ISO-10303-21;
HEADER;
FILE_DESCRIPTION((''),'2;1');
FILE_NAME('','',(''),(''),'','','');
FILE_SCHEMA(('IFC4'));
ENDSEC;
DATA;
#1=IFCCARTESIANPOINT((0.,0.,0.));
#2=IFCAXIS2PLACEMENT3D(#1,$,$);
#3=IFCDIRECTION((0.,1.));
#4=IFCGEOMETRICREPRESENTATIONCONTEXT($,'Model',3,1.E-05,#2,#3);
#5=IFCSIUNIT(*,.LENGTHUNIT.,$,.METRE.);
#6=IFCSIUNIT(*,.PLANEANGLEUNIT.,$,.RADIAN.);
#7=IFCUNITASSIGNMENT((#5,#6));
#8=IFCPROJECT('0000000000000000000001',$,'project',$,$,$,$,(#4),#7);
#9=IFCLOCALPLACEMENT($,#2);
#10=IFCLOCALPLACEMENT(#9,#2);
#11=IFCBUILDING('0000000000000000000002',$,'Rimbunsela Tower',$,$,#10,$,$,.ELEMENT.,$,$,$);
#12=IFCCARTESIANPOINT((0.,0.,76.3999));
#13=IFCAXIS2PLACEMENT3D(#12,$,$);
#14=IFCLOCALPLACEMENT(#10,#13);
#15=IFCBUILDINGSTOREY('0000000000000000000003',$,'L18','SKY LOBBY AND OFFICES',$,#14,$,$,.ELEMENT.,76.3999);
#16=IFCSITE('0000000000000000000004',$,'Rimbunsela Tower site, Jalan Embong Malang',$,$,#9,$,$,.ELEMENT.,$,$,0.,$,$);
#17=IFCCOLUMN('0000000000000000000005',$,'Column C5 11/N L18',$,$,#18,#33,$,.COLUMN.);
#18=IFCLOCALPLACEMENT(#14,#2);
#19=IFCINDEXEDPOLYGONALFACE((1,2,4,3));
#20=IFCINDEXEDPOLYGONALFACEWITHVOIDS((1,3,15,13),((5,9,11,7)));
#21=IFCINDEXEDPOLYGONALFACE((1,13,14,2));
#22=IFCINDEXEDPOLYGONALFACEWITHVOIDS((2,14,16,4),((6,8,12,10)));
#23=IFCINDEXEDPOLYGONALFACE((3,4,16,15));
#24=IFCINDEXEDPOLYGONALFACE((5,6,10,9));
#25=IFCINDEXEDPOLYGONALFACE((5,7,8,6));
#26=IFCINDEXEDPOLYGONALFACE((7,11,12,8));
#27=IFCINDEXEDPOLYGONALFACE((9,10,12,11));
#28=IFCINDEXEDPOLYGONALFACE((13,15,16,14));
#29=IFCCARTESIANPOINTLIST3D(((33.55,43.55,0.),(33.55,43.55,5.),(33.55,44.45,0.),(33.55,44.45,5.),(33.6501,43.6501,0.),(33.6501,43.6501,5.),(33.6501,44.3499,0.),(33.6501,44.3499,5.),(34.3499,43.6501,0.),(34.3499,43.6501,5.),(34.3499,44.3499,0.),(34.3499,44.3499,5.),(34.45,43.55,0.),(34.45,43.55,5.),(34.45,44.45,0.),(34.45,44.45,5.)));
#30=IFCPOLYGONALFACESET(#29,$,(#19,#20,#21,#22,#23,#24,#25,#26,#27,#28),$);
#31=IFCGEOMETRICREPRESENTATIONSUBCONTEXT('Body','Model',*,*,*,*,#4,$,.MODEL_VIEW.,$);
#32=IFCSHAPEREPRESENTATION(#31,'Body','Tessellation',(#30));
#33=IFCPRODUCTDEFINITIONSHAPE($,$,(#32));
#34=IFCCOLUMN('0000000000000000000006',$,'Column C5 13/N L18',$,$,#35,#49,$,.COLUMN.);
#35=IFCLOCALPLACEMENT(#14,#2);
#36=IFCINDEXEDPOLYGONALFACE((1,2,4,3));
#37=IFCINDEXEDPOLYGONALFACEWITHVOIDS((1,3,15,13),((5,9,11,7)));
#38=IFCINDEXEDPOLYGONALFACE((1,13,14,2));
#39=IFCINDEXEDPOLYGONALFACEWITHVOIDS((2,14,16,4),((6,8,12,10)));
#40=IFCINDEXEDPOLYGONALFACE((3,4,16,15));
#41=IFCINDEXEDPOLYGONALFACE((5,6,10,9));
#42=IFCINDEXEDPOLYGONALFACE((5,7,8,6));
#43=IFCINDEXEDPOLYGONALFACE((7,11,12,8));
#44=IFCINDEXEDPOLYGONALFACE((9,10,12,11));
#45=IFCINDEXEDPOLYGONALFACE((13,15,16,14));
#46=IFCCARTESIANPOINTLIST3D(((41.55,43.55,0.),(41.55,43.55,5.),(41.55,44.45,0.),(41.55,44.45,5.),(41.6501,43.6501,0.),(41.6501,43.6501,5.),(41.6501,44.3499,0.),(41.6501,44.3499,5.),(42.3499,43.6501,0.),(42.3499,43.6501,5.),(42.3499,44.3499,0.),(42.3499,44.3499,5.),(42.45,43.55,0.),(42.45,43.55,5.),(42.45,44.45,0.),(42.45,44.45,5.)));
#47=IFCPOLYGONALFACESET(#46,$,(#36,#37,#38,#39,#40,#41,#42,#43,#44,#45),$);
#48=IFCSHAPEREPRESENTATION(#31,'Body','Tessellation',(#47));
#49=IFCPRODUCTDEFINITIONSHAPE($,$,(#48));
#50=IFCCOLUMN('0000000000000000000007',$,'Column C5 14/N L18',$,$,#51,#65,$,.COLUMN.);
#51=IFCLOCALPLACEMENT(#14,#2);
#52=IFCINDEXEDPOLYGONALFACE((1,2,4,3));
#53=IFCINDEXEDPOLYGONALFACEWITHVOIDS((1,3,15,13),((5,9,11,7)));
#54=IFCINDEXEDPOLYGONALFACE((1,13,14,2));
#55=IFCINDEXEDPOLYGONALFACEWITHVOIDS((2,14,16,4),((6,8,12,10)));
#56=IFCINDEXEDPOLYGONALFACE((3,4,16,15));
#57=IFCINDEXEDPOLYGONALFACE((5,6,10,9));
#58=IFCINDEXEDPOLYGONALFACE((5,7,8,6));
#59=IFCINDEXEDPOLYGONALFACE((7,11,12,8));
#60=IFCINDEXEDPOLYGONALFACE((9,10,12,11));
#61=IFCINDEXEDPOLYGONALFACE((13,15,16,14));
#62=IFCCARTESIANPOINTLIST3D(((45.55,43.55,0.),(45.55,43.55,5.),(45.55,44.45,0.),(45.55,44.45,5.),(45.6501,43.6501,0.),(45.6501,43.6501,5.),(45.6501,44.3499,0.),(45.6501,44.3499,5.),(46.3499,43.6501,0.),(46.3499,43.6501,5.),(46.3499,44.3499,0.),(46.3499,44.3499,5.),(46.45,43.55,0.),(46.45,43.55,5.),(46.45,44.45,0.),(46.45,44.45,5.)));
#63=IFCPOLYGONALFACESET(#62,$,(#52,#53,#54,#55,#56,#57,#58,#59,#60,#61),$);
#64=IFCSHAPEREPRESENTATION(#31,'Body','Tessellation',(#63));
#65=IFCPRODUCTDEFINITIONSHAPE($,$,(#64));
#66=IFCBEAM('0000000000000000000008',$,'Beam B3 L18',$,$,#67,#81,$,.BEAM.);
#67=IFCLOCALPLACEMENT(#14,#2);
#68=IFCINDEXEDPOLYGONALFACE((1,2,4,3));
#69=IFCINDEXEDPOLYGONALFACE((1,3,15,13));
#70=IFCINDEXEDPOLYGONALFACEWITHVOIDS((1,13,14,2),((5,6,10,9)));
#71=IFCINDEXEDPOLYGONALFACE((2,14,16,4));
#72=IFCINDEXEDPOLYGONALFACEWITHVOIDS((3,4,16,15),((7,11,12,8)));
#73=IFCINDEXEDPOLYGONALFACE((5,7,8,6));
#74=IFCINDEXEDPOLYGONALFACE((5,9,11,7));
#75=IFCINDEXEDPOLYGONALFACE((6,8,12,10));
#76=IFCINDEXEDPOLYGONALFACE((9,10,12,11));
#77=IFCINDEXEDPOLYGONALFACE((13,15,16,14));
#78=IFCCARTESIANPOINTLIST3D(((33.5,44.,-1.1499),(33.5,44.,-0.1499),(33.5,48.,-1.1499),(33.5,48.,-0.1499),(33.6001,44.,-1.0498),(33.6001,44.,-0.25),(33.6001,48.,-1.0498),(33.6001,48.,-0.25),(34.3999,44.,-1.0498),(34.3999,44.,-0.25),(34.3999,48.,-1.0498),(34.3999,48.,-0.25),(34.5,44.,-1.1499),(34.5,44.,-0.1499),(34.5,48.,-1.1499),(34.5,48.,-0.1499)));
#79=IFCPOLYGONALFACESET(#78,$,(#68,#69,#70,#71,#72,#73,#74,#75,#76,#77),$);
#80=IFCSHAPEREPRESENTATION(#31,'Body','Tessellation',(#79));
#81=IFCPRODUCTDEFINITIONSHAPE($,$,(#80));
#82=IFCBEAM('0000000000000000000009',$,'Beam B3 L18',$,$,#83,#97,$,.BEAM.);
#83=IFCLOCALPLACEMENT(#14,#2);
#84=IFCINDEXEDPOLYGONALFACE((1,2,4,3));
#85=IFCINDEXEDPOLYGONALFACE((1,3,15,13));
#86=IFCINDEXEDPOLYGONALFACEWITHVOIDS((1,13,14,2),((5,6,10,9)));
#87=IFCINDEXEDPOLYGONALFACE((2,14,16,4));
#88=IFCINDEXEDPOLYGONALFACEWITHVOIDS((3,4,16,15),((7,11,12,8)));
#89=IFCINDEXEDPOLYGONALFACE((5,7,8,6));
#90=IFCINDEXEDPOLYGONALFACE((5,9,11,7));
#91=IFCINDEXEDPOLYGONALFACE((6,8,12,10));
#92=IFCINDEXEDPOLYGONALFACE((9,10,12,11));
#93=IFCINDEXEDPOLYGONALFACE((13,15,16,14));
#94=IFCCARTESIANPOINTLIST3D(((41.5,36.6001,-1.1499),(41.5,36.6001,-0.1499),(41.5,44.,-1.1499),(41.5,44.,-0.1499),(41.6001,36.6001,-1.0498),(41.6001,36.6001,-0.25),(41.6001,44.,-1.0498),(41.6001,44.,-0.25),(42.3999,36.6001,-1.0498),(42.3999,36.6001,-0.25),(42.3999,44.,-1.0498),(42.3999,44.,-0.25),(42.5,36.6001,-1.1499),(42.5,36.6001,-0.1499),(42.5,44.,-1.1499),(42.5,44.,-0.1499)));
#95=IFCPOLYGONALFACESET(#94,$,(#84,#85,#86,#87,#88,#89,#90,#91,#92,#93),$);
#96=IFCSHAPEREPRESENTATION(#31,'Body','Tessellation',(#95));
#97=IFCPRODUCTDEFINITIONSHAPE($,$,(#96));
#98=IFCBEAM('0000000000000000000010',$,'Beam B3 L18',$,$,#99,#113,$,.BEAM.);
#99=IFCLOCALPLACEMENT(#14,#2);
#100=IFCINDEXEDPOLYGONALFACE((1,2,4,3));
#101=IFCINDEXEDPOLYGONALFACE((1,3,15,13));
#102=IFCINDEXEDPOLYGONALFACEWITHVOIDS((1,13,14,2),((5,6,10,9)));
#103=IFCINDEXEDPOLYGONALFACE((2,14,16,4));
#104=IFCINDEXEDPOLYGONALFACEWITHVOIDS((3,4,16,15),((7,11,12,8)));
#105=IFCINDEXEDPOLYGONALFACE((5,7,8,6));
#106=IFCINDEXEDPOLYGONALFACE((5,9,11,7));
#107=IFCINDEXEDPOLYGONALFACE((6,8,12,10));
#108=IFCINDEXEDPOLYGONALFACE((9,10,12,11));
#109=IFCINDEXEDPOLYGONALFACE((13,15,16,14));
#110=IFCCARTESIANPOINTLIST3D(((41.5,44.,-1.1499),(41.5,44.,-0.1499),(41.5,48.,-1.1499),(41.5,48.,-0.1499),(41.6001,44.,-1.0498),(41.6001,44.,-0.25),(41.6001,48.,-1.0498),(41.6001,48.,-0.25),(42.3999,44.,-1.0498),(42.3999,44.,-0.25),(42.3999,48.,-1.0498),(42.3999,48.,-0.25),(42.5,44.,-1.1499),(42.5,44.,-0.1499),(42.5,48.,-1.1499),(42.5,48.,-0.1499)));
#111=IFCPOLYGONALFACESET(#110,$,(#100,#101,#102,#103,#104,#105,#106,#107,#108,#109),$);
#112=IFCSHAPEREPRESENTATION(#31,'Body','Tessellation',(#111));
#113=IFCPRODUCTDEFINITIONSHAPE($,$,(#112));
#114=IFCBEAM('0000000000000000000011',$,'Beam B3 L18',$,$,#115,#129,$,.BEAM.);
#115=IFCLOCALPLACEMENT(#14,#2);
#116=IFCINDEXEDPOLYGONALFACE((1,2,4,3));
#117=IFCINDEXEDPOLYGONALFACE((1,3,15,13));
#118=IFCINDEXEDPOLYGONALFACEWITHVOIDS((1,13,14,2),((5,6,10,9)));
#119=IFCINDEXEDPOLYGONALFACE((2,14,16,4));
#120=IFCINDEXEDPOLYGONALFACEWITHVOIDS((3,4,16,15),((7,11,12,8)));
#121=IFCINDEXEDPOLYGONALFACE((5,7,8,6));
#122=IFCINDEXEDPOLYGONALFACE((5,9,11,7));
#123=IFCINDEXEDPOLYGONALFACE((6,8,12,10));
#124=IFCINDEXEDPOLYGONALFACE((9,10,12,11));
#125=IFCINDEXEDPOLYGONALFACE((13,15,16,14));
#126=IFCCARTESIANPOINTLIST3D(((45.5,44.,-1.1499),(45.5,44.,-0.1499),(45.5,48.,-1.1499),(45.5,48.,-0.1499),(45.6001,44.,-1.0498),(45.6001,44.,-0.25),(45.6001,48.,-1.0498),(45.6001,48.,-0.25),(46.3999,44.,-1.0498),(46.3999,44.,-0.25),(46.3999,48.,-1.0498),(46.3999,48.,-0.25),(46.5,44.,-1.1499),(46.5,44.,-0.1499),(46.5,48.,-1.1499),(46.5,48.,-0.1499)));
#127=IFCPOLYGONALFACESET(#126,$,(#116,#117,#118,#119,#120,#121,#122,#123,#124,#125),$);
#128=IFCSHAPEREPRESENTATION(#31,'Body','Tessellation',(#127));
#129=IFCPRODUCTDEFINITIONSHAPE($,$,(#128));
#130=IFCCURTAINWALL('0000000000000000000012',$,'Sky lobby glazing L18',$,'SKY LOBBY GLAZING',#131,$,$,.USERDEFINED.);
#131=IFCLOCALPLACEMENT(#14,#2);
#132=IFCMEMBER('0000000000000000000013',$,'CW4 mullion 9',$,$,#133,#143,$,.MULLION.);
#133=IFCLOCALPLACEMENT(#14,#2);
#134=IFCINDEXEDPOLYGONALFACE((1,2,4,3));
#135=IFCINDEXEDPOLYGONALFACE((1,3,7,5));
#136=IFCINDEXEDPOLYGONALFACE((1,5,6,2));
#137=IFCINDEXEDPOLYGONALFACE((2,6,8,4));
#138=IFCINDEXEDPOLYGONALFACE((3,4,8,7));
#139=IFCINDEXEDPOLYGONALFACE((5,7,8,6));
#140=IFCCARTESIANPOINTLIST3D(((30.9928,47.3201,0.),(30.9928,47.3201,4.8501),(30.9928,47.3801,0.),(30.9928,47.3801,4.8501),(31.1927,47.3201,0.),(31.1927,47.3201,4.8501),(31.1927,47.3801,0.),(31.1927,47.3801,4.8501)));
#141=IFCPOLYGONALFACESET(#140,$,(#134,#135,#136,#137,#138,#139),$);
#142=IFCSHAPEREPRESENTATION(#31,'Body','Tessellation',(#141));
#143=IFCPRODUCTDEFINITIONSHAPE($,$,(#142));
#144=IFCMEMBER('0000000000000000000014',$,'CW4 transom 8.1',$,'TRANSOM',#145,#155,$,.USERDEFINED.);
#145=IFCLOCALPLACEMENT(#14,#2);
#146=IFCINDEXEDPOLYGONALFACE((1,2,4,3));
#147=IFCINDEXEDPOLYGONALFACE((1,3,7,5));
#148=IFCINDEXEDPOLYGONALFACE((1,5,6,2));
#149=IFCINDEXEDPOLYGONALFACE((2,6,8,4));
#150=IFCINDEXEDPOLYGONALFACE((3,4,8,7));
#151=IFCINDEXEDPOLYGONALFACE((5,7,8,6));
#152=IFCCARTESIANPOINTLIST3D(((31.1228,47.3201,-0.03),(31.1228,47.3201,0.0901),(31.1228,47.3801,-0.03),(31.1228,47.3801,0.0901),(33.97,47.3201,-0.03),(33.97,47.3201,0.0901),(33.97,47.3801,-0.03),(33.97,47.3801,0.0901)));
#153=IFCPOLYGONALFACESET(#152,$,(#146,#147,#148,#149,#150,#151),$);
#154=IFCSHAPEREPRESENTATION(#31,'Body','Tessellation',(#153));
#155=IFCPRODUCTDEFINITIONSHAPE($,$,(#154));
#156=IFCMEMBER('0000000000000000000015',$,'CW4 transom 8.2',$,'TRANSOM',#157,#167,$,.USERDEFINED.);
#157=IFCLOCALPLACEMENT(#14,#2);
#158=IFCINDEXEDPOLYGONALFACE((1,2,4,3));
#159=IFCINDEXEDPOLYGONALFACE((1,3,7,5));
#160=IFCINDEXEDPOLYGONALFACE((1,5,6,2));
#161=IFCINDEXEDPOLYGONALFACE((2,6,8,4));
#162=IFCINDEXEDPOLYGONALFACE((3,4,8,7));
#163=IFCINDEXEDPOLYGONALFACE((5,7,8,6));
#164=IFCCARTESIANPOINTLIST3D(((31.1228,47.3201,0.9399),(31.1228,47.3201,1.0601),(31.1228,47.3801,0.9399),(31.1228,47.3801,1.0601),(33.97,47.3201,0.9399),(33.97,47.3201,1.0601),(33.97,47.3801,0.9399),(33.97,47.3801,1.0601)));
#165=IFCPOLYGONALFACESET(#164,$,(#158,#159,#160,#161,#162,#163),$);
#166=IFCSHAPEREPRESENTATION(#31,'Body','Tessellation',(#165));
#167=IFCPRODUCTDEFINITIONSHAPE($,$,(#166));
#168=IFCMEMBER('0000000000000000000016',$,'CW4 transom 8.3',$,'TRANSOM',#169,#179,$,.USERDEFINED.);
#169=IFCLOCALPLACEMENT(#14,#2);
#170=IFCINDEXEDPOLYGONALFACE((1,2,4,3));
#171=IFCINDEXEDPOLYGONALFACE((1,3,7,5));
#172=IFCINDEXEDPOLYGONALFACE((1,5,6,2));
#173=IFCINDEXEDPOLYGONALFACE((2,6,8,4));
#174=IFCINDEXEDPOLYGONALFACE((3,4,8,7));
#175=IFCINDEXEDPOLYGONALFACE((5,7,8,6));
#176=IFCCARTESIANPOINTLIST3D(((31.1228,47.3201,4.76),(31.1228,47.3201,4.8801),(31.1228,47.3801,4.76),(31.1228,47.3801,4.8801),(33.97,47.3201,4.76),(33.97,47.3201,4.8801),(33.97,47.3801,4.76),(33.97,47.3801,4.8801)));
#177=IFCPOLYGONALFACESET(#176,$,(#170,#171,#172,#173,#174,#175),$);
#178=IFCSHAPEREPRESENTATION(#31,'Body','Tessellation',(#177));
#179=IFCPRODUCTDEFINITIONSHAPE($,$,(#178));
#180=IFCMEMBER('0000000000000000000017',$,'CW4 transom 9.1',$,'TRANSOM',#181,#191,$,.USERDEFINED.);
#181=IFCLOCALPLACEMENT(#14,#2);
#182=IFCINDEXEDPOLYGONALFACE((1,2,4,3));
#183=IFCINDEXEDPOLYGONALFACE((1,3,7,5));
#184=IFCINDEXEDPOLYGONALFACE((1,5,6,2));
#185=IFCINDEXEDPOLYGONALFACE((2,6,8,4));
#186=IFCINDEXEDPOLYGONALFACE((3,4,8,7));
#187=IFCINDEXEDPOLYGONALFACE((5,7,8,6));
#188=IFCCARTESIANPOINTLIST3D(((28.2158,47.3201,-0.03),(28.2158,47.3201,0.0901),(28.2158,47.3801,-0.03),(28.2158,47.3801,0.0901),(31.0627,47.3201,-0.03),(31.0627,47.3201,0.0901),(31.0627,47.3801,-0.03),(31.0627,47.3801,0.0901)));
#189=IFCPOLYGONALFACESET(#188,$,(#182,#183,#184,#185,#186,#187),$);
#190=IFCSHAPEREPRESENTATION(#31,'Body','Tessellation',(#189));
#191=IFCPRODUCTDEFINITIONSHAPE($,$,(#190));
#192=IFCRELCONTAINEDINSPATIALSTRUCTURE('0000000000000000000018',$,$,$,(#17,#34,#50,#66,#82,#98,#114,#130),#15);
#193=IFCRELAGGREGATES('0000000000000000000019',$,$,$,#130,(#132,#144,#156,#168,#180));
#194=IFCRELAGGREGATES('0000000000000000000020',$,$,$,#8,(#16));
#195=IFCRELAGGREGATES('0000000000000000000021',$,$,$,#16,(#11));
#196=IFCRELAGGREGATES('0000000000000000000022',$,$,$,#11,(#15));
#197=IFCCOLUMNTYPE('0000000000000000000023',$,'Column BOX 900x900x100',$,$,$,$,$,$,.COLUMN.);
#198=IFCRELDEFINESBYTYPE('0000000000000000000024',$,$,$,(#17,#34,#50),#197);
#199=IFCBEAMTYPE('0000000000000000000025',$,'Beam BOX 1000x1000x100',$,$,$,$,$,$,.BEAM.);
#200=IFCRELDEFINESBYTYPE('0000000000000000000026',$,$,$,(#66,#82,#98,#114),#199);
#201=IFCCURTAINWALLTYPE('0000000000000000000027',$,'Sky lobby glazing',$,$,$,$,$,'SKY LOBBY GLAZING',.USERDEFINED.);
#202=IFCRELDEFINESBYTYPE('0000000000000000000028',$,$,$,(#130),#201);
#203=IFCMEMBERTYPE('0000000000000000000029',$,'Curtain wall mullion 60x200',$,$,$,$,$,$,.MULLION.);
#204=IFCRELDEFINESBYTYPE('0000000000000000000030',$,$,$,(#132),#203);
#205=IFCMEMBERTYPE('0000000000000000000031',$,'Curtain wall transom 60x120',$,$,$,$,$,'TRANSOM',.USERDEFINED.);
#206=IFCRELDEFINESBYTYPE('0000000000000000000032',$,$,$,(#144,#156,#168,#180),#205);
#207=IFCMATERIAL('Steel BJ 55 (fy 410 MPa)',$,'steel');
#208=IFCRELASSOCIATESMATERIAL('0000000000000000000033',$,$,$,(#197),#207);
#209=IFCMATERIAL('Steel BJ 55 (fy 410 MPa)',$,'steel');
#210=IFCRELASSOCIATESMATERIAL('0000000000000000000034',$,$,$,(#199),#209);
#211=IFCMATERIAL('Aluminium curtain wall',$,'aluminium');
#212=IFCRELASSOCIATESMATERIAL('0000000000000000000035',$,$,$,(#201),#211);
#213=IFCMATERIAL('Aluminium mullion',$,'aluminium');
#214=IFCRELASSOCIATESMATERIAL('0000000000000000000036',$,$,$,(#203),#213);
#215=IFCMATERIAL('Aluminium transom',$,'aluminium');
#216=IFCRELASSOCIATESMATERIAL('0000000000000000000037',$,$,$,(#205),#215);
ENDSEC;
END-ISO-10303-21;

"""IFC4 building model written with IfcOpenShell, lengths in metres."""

from ifc_helpers import new_model, si_unit, direction, frame, origin, origin_2d, place, context, subcontext, project, spatial, rectangle, hollow_rectangle, extrude, material, material_profile, profile_set, type_object, element, aggregate, save


model = new_model("IFC4")

# Units and contexts
model_context = context("Model", 3, precision=1e-05, world=origin(), true_north=direction((0.0, 1.0)))
body_context = subcontext(model_context, "Body", "Model", "MODEL_VIEW")
ifc_project = project(units=[si_unit("LENGTHUNIT", "METRE"), si_unit("PLANEANGLEUNIT", "RADIAN")], contexts=[model_context])

# Site, building, storey
site_placement = place(None, origin())
site = spatial("IfcSite", under=ifc_project, at=site_placement, Name="Rimbunsela Tower site, Jalan Embong Malang", CompositionType="ELEMENT", RefElevation=0.0)
building_placement = place(site_placement, origin())
building = spatial("IfcBuilding", under=site, at=building_placement, Name="Rimbunsela Tower", CompositionType="ELEMENT")
storey_placement = place(building_placement, frame((0.0, 0.0, 76.3999)))
storey = spatial("IfcBuildingStorey", under=building, at=storey_placement, Name="L18", Description="SKY LOBBY AND OFFICES", CompositionType="ELEMENT", Elevation=76.3999)

# Columns
ifc_material_1 = material(Name="Steel BJ 55 (fy 410 MPa)", Category="steel")
ifc_material_profile_1 = material_profile(ifc_material_1, hollow_rectangle(XDim=0.8999, YDim=0.8999, WallThickness=0.1001, at=origin_2d()), Name="BOX 900x900x100")
ifc_profile_set_1 = profile_set([ifc_material_profile_1], Name="Steel BJ 55 (fy 410 MPa)")
column_type = type_object("IfcColumnType", Name="Column BOX 900x900x100", PredefinedType="COLUMN", material=ifc_profile_set_1)
for number, where, z_axis, x_axis, name in (
    (1, (34.0, 44.0, 0.0), (0.0, 0.0, 1.0), (1.0, 0.0, 0.0), "Column C5 11/N L18"),
    (2, (42.0, 44.0, 0.0), (0.0, 0.0, 1.0), (1.0, 0.0, 0.0), "Column C5 13/N L18"),
    (3, (46.0, 44.0, 0.0), (0.0, 0.0, 1.0), (1.0, 0.0, 0.0), "Column C5 14/N L18"),
):
    element("IfcColumn", number, at=place(storey_placement, frame(where, z_axis=z_axis, x_axis=x_axis)), inside=storey, type_object=column_type, Name=name, PredefinedType="COLUMN", context=body_context, shape_type="SweptSolid", body=[
        extrude(hollow_rectangle(XDim=0.8999, YDim=0.8999, WallThickness=0.1001, at=origin_2d()), origin(), (0.0, 0.0, 1.0), 5.0),
    ])

# Beams
ifc_material_2 = material(Name="Steel BJ 55 (fy 410 MPa)", Category="steel")
ifc_material_profile_2 = material_profile(ifc_material_2, hollow_rectangle(XDim=1.0, YDim=1.0, WallThickness=0.1001, at=origin_2d()), Name="BOX 1000x1000x100")
ifc_profile_set_2 = profile_set([ifc_material_profile_2], Name="Steel BJ 55 (fy 410 MPa)")
beam_type = type_object("IfcBeamType", Name="Beam BOX 1000x1000x100", PredefinedType="BEAM", material=ifc_profile_set_2)
beam_1_placement = place(storey_placement, frame((34.0, 44.0, -0.6499), z_axis=(0.0, 1.0, 0.0), x_axis=(-1.0, 0.0, 0.0)))
element("IfcBeam", 4, at=beam_1_placement, inside=storey, type_object=beam_type, Name="Beam B3 L18", PredefinedType="BEAM", context=body_context, shape_type="SweptSolid", body=[
    extrude(hollow_rectangle(XDim=1.0, YDim=1.0, WallThickness=0.1001, at=origin_2d()), origin(), (0.0, 0.0, 1.0), 4.0),
])
beam_2_placement = place(storey_placement, frame((42.0, 36.6001, -0.6499), z_axis=(0.0, 1.0, 0.0), x_axis=(-1.0, 0.0, 0.0)))
element("IfcBeam", 5, at=beam_2_placement, inside=storey, type_object=beam_type, Name="Beam B3 L18", PredefinedType="BEAM", context=body_context, shape_type="SweptSolid", body=[
    extrude(hollow_rectangle(XDim=1.0, YDim=1.0, WallThickness=0.1001, at=origin_2d()), origin(), (0.0, 0.0, 1.0), 7.3999),
])
for number, where, z_axis, x_axis, name in (
    (6, (42.0, 44.0, -0.6499), (0.0, 1.0, 0.0), (-1.0, 0.0, 0.0), "Beam B3 L18"),
    (7, (46.0, 44.0, -0.6499), (0.0, 1.0, 0.0), (-1.0, 0.0, 0.0), "Beam B3 L18"),
):
    element("IfcBeam", number, at=place(storey_placement, frame(where, z_axis=z_axis, x_axis=x_axis)), inside=storey, type_object=beam_type, Name=name, PredefinedType="BEAM", context=body_context, shape_type="SweptSolid", body=[
        extrude(hollow_rectangle(XDim=1.0, YDim=1.0, WallThickness=0.1001, at=origin_2d()), origin(), (0.0, 0.0, 1.0), 4.0),
    ])

# Curtain wall, members
ifc_material_3 = material(Name="Aluminium curtain wall", Category="aluminium")
curtain_wall_type = type_object("IfcCurtainWallType", Name="Sky lobby glazing", ElementType="SKY LOBBY GLAZING", PredefinedType="USERDEFINED", material=ifc_material_3)
curtain_wall_placement = place(storey_placement, origin())
curtain_wall = element("IfcCurtainWall", 8, at=curtain_wall_placement, inside=storey, type_object=curtain_wall_type, Name="Sky lobby glazing L18", ObjectType="SKY LOBBY GLAZING", PredefinedType="USERDEFINED")
ifc_material_4 = material(Name="Aluminium mullion", Category="aluminium")
ifc_material_profile_3 = material_profile(ifc_material_4, rectangle(XDim=0.0601, YDim=0.2, at=origin_2d()), Name="Mullion 60x200")
ifc_profile_set_3 = profile_set([ifc_material_profile_3], Name="Aluminium mullion")
member_type_1 = type_object("IfcMemberType", Name="Curtain wall mullion 60x200", PredefinedType="MULLION", material=ifc_profile_set_3)
member_1_placement = place(storey_placement, frame((31.0928, 47.3501, 0.0), z_axis=(0.0, 0.0, 1.0), x_axis=(0.0, -1.0, 0.0)))
member_1 = element("IfcMember", 9, at=member_1_placement, type_object=member_type_1, Name="CW4 mullion 9", PredefinedType="MULLION", context=body_context, shape_type="SweptSolid", body=[
    extrude(rectangle(XDim=0.0601, YDim=0.2, at=origin_2d()), origin(), (0.0, 0.0, 1.0), 4.8501),
])
ifc_material_5 = material(Name="Aluminium transom", Category="aluminium")
ifc_material_profile_4 = material_profile(ifc_material_5, rectangle(XDim=0.0601, YDim=0.1201, at=origin_2d()), Name="Transom 60x120")
ifc_profile_set_4 = profile_set([ifc_material_profile_4], Name="Aluminium transom")
member_type_2 = type_object("IfcMemberType", Name="Curtain wall transom 60x120", ElementType="TRANSOM", PredefinedType="USERDEFINED", material=ifc_profile_set_4)
member_2_placement = place(storey_placement, frame((33.97, 47.3501, 0.03), z_axis=(-1.0, 0.0, 0.0), x_axis=(0.0, -1.0, 0.0)))
member_2 = element("IfcMember", 10, at=member_2_placement, type_object=member_type_2, Name="CW4 transom 8.1", ObjectType="TRANSOM", PredefinedType="USERDEFINED", context=body_context, shape_type="SweptSolid", body=[
    extrude(rectangle(XDim=0.0601, YDim=0.1201, at=origin_2d()), origin(), (0.0, 0.0, 1.0), 2.8472),
])
member_3_placement = place(storey_placement, frame((33.97, 47.3501, 1.0), z_axis=(-1.0, 0.0, 0.0), x_axis=(0.0, -1.0, 0.0)))
member_3 = element("IfcMember", 11, at=member_3_placement, type_object=member_type_2, Name="CW4 transom 8.2", ObjectType="TRANSOM", PredefinedType="USERDEFINED", context=body_context, shape_type="SweptSolid", body=[
    extrude(rectangle(XDim=0.0601, YDim=0.1201, at=origin_2d()), origin(), (0.0, 0.0, 1.0), 2.8472),
])
member_4_placement = place(storey_placement, frame((33.97, 47.3501, 4.8201), z_axis=(-1.0, 0.0, 0.0), x_axis=(0.0, -1.0, 0.0)))
member_4 = element("IfcMember", 12, at=member_4_placement, type_object=member_type_2, Name="CW4 transom 8.3", ObjectType="TRANSOM", PredefinedType="USERDEFINED", context=body_context, shape_type="SweptSolid", body=[
    extrude(rectangle(XDim=0.0601, YDim=0.1201, at=origin_2d()), origin(), (0.0, 0.0, 1.0), 2.8472),
])
member_5_placement = place(storey_placement, frame((31.0627, 47.3501, 0.03), z_axis=(-1.0, 0.0, 0.0), x_axis=(0.0, -1.0, 0.0)))
member_5 = element("IfcMember", 13, at=member_5_placement, type_object=member_type_2, Name="CW4 transom 9.1", ObjectType="TRANSOM", PredefinedType="USERDEFINED", context=body_context, shape_type="SweptSolid", body=[
    extrude(rectangle(XDim=0.0601, YDim=0.1201, at=origin_2d()), origin(), (0.0, 0.0, 1.0), 2.8469),
])
aggregate(curtain_wall, [member_1, member_2, member_3, member_4, member_5])

save(model, "model.ifc")
